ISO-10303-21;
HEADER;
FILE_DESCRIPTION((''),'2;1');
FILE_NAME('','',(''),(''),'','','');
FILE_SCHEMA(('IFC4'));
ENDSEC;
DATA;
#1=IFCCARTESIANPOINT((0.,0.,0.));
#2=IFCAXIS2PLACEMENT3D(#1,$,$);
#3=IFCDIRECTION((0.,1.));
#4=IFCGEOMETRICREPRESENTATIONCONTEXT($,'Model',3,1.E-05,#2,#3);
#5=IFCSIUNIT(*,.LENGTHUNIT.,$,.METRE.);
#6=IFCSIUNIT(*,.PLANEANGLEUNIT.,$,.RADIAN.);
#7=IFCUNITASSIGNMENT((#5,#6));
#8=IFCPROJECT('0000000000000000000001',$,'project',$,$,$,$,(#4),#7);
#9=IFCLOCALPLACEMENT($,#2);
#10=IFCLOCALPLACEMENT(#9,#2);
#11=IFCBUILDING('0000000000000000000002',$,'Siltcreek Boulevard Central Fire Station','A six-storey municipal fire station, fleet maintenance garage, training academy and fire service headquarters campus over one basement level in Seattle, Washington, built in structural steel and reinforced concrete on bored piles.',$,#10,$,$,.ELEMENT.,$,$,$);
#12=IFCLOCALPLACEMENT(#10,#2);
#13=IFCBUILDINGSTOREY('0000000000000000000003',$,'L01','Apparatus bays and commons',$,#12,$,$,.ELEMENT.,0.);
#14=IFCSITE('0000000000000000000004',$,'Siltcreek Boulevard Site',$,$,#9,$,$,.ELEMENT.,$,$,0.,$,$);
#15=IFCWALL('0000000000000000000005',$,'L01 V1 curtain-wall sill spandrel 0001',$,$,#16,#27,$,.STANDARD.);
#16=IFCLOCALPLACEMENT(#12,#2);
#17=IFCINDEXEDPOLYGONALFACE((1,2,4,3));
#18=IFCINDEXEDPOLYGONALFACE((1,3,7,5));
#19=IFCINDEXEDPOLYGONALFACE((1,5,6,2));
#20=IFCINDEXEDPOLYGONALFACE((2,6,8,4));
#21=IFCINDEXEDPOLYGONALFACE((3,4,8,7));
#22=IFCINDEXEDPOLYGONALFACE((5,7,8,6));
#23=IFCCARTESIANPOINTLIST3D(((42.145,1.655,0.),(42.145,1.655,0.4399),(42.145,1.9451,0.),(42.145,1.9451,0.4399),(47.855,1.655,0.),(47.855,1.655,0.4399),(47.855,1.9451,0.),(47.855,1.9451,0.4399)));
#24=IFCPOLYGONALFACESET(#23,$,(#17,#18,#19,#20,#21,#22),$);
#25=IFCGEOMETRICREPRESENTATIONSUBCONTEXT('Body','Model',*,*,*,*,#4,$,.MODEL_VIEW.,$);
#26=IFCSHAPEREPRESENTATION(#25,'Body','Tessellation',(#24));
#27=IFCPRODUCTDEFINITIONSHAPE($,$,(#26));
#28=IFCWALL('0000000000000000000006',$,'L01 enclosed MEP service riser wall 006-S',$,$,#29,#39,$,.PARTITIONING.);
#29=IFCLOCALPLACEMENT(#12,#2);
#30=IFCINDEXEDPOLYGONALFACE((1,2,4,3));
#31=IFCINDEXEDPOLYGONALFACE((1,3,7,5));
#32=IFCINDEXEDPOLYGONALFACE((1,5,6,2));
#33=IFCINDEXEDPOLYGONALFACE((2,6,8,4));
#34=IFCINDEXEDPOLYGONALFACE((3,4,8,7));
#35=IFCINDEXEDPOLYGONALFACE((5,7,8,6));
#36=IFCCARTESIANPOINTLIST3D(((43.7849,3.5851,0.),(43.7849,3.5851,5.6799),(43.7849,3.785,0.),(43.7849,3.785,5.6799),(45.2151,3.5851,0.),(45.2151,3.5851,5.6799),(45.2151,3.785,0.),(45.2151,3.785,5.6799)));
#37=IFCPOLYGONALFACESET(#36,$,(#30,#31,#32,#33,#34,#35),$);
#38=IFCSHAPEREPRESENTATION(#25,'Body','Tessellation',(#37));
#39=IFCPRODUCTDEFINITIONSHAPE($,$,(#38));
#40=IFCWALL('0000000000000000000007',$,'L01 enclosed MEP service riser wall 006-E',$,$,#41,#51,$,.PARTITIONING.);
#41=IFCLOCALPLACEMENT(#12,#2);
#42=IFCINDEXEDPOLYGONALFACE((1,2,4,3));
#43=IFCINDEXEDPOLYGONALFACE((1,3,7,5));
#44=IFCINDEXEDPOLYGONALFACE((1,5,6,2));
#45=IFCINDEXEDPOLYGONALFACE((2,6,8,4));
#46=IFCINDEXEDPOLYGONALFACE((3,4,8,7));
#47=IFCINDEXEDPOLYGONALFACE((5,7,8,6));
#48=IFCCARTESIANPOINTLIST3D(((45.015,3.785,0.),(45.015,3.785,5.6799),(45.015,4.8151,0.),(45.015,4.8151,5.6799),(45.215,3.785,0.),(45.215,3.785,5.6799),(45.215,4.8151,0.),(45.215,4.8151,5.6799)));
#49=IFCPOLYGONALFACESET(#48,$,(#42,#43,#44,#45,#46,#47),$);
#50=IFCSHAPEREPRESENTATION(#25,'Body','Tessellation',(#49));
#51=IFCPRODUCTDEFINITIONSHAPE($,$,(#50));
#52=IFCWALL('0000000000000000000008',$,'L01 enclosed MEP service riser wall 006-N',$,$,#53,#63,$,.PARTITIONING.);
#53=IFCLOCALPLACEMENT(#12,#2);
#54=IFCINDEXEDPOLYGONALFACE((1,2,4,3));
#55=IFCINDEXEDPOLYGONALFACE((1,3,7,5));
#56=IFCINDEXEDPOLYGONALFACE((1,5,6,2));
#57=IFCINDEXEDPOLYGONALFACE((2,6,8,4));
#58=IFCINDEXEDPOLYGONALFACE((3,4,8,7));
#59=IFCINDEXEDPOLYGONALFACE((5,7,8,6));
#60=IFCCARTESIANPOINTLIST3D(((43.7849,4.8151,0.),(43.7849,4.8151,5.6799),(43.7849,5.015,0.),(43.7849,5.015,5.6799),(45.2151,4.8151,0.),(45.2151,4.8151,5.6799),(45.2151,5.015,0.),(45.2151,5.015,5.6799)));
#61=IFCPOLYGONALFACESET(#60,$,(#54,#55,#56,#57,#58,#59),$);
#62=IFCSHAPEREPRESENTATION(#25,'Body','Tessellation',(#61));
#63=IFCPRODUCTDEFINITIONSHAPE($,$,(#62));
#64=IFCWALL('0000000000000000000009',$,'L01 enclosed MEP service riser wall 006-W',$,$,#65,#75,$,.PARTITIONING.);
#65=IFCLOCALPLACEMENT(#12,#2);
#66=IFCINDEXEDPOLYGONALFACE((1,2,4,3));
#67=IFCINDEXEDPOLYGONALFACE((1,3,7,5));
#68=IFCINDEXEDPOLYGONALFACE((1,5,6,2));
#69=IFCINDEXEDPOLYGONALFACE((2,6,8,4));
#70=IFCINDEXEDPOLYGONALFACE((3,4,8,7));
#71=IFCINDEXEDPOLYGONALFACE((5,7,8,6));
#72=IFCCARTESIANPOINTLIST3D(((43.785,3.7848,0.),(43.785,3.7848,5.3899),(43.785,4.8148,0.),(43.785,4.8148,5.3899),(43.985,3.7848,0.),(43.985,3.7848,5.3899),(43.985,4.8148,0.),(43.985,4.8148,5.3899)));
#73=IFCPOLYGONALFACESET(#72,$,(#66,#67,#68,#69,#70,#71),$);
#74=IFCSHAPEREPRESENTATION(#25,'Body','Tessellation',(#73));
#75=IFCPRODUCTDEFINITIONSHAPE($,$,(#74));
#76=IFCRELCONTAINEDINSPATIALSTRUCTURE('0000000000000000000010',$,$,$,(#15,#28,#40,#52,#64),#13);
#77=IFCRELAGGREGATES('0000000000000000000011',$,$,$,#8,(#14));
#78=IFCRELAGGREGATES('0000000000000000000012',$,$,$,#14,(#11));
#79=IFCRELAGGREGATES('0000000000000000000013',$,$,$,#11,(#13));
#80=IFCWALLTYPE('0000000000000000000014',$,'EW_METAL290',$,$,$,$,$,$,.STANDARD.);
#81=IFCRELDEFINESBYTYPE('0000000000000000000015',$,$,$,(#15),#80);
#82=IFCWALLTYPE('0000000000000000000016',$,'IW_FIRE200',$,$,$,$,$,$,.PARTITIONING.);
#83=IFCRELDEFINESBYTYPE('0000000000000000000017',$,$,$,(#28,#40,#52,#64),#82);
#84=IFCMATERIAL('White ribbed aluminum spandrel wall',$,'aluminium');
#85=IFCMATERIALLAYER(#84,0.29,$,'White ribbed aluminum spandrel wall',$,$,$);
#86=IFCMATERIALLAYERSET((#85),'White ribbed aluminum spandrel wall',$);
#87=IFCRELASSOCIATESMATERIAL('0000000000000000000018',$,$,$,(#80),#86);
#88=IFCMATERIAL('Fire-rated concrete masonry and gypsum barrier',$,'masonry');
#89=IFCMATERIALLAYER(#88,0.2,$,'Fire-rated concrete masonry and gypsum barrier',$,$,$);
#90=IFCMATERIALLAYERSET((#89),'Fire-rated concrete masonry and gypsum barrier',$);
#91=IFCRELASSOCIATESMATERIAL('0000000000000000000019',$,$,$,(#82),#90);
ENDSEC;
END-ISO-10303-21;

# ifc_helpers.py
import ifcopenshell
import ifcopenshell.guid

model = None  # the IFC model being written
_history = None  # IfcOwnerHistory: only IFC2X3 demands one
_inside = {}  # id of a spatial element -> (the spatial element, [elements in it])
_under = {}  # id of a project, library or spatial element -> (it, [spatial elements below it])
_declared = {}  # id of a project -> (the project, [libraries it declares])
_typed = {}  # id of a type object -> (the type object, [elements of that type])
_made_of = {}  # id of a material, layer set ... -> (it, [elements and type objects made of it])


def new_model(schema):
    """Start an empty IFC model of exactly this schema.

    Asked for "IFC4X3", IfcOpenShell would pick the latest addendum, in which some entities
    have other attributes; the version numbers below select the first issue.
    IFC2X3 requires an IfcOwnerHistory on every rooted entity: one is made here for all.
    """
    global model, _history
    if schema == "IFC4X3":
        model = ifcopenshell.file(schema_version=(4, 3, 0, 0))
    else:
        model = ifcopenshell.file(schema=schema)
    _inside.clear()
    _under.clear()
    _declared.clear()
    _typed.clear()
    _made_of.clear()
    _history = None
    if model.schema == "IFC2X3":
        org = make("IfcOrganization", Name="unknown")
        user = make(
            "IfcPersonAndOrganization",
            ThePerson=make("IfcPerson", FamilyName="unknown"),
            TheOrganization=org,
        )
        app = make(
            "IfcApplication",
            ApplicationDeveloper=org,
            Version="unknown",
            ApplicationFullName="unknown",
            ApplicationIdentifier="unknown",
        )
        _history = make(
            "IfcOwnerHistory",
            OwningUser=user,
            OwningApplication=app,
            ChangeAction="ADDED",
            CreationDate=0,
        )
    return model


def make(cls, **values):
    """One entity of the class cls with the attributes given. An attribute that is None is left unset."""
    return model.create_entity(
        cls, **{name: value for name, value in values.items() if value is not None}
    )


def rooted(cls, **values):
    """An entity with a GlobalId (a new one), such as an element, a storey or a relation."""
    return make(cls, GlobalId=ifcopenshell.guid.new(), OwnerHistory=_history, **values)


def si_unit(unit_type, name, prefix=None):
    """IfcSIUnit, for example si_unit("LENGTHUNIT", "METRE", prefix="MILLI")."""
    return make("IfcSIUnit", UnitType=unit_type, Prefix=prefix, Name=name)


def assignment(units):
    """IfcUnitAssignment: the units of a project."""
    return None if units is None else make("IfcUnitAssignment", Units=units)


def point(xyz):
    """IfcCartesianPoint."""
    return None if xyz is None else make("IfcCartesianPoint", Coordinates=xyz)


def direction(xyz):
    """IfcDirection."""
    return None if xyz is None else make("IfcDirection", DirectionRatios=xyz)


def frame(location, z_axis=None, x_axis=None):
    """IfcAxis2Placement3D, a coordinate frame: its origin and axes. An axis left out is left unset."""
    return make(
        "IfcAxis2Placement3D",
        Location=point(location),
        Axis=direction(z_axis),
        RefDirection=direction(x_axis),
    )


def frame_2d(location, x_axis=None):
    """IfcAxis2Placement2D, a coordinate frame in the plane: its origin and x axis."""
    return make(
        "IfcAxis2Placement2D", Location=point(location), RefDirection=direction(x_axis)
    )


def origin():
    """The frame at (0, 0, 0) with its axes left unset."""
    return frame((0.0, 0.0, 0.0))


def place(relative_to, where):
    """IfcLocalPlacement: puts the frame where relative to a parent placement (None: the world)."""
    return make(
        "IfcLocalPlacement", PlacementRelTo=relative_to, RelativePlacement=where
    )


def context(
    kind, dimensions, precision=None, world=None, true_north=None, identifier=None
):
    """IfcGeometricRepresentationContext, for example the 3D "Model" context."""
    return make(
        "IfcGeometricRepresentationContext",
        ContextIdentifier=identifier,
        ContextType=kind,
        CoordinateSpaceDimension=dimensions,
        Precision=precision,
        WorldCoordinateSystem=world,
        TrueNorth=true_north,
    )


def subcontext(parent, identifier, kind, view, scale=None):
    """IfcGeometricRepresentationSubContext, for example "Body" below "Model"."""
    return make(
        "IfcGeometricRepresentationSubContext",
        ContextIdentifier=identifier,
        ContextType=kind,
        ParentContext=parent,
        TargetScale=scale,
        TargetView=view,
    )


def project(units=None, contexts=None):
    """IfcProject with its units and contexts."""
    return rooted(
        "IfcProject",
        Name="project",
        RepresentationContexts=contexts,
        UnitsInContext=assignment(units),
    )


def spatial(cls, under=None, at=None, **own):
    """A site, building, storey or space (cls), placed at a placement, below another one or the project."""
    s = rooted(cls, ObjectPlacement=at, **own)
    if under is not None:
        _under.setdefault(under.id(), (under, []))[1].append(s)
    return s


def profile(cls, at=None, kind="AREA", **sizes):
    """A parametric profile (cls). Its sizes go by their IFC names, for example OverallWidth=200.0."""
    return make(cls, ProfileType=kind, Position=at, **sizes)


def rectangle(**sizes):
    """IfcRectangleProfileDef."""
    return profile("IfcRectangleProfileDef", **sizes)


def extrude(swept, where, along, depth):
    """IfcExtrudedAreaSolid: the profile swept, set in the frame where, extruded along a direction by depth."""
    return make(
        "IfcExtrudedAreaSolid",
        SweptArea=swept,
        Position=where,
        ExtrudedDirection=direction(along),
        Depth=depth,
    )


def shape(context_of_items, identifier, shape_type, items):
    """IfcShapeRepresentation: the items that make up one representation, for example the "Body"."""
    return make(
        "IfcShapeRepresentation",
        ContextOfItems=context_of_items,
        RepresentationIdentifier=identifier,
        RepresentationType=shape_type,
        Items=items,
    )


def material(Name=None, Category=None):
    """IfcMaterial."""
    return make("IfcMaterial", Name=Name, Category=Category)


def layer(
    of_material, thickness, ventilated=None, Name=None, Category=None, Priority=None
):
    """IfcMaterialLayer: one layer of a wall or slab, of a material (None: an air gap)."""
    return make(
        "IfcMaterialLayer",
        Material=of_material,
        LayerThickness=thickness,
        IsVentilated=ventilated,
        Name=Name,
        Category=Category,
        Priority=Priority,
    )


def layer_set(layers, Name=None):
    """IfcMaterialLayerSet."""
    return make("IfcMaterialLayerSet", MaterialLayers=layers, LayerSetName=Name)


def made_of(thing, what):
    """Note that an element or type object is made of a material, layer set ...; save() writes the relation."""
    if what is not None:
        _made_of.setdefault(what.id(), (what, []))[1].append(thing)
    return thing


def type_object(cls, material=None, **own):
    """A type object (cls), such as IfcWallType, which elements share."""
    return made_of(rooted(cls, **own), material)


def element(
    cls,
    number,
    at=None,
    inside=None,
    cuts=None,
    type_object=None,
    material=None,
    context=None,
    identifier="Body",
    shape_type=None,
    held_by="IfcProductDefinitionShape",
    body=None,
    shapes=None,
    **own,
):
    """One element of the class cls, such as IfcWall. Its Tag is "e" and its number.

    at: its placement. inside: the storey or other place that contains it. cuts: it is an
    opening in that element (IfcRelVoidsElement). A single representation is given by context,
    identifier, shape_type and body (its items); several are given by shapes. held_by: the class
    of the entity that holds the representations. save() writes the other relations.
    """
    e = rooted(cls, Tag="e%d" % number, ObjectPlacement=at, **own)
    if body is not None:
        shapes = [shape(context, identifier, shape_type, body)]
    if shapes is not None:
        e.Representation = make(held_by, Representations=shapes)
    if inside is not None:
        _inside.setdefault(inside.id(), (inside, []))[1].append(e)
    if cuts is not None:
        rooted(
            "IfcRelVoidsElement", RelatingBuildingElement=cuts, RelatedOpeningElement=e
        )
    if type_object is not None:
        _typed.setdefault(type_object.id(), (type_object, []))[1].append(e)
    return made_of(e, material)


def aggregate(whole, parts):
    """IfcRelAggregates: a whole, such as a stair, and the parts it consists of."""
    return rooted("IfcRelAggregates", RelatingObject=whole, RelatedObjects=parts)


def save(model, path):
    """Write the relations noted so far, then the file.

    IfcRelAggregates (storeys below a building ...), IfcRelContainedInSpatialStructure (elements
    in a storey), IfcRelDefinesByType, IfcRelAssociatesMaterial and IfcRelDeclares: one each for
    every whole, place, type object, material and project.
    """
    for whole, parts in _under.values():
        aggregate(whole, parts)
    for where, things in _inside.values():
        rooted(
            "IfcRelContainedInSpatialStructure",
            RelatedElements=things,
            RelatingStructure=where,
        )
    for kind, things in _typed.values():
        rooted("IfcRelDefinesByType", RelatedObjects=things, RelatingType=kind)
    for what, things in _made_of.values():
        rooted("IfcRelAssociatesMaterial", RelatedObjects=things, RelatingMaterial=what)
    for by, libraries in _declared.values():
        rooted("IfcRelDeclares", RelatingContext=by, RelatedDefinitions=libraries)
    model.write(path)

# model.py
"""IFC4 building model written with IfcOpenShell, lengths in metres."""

from ifc_helpers import new_model, si_unit, direction, frame, frame_2d, origin, place, context, subcontext, project, spatial, rectangle, extrude, material, layer, layer_set, type_object, element, save


model = new_model("IFC4")

# Units and contexts
model_context = context("Model", 3, precision=1e-05, world=origin(), true_north=direction((0.0, 1.0)))
body_context = subcontext(model_context, "Body", "Model", "MODEL_VIEW")
ifc_project = project(units=[si_unit("LENGTHUNIT", "METRE"), si_unit("PLANEANGLEUNIT", "RADIAN")], contexts=[model_context])

# Site, building, storey
site_placement = place(None, origin())
site = spatial("IfcSite", under=ifc_project, at=site_placement, Name="Siltcreek Boulevard Site", CompositionType="ELEMENT", RefElevation=0.0)
building_placement = place(site_placement, origin())
building = spatial("IfcBuilding", under=site, at=building_placement, Name="Siltcreek Boulevard Central Fire Station", Description="A six-storey municipal fire station, fleet maintenance garage, training academy and fire service headquarters campus over one basement level in Seattle, Washington, built in structural steel and reinforced concrete on bored piles.", CompositionType="ELEMENT")
storey_placement = place(building_placement, origin())
storey = spatial("IfcBuildingStorey", under=building, at=storey_placement, Name="L01", Description="Apparatus bays and commons", CompositionType="ELEMENT", Elevation=0.0)

# Walls
ifc_material_1 = material(Name="White ribbed aluminum spandrel wall", Category="aluminium")
ifc_layer_1 = layer(ifc_material_1, 0.29, Name="White ribbed aluminum spandrel wall")
ifc_layer_set_1 = layer_set([ifc_layer_1], Name="White ribbed aluminum spandrel wall")
wall_type_1 = type_object("IfcWallType", Name="EW_METAL290", PredefinedType="STANDARD", material=ifc_layer_set_1)
wall_1_placement = place(storey_placement, frame((42.145, 1.8, 0.0), z_axis=(0.0, 0.0, 1.0), x_axis=(1.0, 0.0, 0.0)))
element("IfcWall", 1, at=wall_1_placement, inside=storey, type_object=wall_type_1, Name="L01 V1 curtain-wall sill spandrel 0001", PredefinedType="STANDARD", context=body_context, shape_type="SweptSolid", body=[
    extrude(rectangle(XDim=5.71, YDim=0.29, at=frame_2d((2.855, 0.0))), origin(), (0.0, 0.0, 1.0), 0.4399),
])
ifc_material_2 = material(Name="Fire-rated concrete masonry and gypsum barrier", Category="masonry")
ifc_layer_2 = layer(ifc_material_2, 0.2, Name="Fire-rated concrete masonry and gypsum barrier")
ifc_layer_set_2 = layer_set([ifc_layer_2], Name="Fire-rated concrete masonry and gypsum barrier")
wall_type_2 = type_object("IfcWallType", Name="IW_FIRE200", PredefinedType="PARTITIONING", material=ifc_layer_set_2)
wall_2_placement = place(storey_placement, frame((43.7849, 3.6851, 0.0), z_axis=(0.0, 0.0, 1.0), x_axis=(1.0, 0.0, 0.0)))
element("IfcWall", 2, at=wall_2_placement, inside=storey, type_object=wall_type_2, Name="L01 enclosed MEP service riser wall 006-S", PredefinedType="PARTITIONING", context=body_context, shape_type="SweptSolid", body=[
    extrude(rectangle(XDim=1.4302, YDim=0.2, at=frame_2d((0.7151, 0.0))), origin(), (0.0, 0.0, 1.0), 5.6799),
])
wall_3_placement = place(storey_placement, frame((45.115, 3.7849, 0.0), z_axis=(0.0, 0.0, 1.0), x_axis=(0.0, 1.0, 0.0)))
element("IfcWall", 3, at=wall_3_placement, inside=storey, type_object=wall_type_2, Name="L01 enclosed MEP service riser wall 006-E", PredefinedType="PARTITIONING", context=body_context, shape_type="SweptSolid", body=[
    extrude(rectangle(XDim=1.03, YDim=0.2, at=frame_2d((0.5151, 0.0))), origin(), (0.0, 0.0, 1.0), 5.6799),
])
wall_4_placement = place(storey_placement, frame((45.2151, 4.915, 0.0), z_axis=(0.0, 0.0, 1.0), x_axis=(-1.0, 0.0, 0.0)))
element("IfcWall", 4, at=wall_4_placement, inside=storey, type_object=wall_type_2, Name="L01 enclosed MEP service riser wall 006-N", PredefinedType="PARTITIONING", context=body_context, shape_type="SweptSolid", body=[
    extrude(rectangle(XDim=1.4302, YDim=0.2, at=frame_2d((0.7151, 0.0))), origin(), (0.0, 0.0, 1.0), 5.6799),
])
wall_5_placement = place(storey_placement, frame((43.885, 4.8149, 0.0), z_axis=(0.0, 0.0, 1.0), x_axis=(0.0, -1.0, 0.0)))
element("IfcWall", 5, at=wall_5_placement, inside=storey, type_object=wall_type_2, Name="L01 enclosed MEP service riser wall 006-W", PredefinedType="PARTITIONING", context=body_context, shape_type="SweptSolid", body=[
    extrude(rectangle(XDim=1.03, YDim=0.2, at=frame_2d((0.5151, 0.0))), origin(), (0.0, 0.0, 1.0), 5.3899),
])

save(model, "model.ifc")
